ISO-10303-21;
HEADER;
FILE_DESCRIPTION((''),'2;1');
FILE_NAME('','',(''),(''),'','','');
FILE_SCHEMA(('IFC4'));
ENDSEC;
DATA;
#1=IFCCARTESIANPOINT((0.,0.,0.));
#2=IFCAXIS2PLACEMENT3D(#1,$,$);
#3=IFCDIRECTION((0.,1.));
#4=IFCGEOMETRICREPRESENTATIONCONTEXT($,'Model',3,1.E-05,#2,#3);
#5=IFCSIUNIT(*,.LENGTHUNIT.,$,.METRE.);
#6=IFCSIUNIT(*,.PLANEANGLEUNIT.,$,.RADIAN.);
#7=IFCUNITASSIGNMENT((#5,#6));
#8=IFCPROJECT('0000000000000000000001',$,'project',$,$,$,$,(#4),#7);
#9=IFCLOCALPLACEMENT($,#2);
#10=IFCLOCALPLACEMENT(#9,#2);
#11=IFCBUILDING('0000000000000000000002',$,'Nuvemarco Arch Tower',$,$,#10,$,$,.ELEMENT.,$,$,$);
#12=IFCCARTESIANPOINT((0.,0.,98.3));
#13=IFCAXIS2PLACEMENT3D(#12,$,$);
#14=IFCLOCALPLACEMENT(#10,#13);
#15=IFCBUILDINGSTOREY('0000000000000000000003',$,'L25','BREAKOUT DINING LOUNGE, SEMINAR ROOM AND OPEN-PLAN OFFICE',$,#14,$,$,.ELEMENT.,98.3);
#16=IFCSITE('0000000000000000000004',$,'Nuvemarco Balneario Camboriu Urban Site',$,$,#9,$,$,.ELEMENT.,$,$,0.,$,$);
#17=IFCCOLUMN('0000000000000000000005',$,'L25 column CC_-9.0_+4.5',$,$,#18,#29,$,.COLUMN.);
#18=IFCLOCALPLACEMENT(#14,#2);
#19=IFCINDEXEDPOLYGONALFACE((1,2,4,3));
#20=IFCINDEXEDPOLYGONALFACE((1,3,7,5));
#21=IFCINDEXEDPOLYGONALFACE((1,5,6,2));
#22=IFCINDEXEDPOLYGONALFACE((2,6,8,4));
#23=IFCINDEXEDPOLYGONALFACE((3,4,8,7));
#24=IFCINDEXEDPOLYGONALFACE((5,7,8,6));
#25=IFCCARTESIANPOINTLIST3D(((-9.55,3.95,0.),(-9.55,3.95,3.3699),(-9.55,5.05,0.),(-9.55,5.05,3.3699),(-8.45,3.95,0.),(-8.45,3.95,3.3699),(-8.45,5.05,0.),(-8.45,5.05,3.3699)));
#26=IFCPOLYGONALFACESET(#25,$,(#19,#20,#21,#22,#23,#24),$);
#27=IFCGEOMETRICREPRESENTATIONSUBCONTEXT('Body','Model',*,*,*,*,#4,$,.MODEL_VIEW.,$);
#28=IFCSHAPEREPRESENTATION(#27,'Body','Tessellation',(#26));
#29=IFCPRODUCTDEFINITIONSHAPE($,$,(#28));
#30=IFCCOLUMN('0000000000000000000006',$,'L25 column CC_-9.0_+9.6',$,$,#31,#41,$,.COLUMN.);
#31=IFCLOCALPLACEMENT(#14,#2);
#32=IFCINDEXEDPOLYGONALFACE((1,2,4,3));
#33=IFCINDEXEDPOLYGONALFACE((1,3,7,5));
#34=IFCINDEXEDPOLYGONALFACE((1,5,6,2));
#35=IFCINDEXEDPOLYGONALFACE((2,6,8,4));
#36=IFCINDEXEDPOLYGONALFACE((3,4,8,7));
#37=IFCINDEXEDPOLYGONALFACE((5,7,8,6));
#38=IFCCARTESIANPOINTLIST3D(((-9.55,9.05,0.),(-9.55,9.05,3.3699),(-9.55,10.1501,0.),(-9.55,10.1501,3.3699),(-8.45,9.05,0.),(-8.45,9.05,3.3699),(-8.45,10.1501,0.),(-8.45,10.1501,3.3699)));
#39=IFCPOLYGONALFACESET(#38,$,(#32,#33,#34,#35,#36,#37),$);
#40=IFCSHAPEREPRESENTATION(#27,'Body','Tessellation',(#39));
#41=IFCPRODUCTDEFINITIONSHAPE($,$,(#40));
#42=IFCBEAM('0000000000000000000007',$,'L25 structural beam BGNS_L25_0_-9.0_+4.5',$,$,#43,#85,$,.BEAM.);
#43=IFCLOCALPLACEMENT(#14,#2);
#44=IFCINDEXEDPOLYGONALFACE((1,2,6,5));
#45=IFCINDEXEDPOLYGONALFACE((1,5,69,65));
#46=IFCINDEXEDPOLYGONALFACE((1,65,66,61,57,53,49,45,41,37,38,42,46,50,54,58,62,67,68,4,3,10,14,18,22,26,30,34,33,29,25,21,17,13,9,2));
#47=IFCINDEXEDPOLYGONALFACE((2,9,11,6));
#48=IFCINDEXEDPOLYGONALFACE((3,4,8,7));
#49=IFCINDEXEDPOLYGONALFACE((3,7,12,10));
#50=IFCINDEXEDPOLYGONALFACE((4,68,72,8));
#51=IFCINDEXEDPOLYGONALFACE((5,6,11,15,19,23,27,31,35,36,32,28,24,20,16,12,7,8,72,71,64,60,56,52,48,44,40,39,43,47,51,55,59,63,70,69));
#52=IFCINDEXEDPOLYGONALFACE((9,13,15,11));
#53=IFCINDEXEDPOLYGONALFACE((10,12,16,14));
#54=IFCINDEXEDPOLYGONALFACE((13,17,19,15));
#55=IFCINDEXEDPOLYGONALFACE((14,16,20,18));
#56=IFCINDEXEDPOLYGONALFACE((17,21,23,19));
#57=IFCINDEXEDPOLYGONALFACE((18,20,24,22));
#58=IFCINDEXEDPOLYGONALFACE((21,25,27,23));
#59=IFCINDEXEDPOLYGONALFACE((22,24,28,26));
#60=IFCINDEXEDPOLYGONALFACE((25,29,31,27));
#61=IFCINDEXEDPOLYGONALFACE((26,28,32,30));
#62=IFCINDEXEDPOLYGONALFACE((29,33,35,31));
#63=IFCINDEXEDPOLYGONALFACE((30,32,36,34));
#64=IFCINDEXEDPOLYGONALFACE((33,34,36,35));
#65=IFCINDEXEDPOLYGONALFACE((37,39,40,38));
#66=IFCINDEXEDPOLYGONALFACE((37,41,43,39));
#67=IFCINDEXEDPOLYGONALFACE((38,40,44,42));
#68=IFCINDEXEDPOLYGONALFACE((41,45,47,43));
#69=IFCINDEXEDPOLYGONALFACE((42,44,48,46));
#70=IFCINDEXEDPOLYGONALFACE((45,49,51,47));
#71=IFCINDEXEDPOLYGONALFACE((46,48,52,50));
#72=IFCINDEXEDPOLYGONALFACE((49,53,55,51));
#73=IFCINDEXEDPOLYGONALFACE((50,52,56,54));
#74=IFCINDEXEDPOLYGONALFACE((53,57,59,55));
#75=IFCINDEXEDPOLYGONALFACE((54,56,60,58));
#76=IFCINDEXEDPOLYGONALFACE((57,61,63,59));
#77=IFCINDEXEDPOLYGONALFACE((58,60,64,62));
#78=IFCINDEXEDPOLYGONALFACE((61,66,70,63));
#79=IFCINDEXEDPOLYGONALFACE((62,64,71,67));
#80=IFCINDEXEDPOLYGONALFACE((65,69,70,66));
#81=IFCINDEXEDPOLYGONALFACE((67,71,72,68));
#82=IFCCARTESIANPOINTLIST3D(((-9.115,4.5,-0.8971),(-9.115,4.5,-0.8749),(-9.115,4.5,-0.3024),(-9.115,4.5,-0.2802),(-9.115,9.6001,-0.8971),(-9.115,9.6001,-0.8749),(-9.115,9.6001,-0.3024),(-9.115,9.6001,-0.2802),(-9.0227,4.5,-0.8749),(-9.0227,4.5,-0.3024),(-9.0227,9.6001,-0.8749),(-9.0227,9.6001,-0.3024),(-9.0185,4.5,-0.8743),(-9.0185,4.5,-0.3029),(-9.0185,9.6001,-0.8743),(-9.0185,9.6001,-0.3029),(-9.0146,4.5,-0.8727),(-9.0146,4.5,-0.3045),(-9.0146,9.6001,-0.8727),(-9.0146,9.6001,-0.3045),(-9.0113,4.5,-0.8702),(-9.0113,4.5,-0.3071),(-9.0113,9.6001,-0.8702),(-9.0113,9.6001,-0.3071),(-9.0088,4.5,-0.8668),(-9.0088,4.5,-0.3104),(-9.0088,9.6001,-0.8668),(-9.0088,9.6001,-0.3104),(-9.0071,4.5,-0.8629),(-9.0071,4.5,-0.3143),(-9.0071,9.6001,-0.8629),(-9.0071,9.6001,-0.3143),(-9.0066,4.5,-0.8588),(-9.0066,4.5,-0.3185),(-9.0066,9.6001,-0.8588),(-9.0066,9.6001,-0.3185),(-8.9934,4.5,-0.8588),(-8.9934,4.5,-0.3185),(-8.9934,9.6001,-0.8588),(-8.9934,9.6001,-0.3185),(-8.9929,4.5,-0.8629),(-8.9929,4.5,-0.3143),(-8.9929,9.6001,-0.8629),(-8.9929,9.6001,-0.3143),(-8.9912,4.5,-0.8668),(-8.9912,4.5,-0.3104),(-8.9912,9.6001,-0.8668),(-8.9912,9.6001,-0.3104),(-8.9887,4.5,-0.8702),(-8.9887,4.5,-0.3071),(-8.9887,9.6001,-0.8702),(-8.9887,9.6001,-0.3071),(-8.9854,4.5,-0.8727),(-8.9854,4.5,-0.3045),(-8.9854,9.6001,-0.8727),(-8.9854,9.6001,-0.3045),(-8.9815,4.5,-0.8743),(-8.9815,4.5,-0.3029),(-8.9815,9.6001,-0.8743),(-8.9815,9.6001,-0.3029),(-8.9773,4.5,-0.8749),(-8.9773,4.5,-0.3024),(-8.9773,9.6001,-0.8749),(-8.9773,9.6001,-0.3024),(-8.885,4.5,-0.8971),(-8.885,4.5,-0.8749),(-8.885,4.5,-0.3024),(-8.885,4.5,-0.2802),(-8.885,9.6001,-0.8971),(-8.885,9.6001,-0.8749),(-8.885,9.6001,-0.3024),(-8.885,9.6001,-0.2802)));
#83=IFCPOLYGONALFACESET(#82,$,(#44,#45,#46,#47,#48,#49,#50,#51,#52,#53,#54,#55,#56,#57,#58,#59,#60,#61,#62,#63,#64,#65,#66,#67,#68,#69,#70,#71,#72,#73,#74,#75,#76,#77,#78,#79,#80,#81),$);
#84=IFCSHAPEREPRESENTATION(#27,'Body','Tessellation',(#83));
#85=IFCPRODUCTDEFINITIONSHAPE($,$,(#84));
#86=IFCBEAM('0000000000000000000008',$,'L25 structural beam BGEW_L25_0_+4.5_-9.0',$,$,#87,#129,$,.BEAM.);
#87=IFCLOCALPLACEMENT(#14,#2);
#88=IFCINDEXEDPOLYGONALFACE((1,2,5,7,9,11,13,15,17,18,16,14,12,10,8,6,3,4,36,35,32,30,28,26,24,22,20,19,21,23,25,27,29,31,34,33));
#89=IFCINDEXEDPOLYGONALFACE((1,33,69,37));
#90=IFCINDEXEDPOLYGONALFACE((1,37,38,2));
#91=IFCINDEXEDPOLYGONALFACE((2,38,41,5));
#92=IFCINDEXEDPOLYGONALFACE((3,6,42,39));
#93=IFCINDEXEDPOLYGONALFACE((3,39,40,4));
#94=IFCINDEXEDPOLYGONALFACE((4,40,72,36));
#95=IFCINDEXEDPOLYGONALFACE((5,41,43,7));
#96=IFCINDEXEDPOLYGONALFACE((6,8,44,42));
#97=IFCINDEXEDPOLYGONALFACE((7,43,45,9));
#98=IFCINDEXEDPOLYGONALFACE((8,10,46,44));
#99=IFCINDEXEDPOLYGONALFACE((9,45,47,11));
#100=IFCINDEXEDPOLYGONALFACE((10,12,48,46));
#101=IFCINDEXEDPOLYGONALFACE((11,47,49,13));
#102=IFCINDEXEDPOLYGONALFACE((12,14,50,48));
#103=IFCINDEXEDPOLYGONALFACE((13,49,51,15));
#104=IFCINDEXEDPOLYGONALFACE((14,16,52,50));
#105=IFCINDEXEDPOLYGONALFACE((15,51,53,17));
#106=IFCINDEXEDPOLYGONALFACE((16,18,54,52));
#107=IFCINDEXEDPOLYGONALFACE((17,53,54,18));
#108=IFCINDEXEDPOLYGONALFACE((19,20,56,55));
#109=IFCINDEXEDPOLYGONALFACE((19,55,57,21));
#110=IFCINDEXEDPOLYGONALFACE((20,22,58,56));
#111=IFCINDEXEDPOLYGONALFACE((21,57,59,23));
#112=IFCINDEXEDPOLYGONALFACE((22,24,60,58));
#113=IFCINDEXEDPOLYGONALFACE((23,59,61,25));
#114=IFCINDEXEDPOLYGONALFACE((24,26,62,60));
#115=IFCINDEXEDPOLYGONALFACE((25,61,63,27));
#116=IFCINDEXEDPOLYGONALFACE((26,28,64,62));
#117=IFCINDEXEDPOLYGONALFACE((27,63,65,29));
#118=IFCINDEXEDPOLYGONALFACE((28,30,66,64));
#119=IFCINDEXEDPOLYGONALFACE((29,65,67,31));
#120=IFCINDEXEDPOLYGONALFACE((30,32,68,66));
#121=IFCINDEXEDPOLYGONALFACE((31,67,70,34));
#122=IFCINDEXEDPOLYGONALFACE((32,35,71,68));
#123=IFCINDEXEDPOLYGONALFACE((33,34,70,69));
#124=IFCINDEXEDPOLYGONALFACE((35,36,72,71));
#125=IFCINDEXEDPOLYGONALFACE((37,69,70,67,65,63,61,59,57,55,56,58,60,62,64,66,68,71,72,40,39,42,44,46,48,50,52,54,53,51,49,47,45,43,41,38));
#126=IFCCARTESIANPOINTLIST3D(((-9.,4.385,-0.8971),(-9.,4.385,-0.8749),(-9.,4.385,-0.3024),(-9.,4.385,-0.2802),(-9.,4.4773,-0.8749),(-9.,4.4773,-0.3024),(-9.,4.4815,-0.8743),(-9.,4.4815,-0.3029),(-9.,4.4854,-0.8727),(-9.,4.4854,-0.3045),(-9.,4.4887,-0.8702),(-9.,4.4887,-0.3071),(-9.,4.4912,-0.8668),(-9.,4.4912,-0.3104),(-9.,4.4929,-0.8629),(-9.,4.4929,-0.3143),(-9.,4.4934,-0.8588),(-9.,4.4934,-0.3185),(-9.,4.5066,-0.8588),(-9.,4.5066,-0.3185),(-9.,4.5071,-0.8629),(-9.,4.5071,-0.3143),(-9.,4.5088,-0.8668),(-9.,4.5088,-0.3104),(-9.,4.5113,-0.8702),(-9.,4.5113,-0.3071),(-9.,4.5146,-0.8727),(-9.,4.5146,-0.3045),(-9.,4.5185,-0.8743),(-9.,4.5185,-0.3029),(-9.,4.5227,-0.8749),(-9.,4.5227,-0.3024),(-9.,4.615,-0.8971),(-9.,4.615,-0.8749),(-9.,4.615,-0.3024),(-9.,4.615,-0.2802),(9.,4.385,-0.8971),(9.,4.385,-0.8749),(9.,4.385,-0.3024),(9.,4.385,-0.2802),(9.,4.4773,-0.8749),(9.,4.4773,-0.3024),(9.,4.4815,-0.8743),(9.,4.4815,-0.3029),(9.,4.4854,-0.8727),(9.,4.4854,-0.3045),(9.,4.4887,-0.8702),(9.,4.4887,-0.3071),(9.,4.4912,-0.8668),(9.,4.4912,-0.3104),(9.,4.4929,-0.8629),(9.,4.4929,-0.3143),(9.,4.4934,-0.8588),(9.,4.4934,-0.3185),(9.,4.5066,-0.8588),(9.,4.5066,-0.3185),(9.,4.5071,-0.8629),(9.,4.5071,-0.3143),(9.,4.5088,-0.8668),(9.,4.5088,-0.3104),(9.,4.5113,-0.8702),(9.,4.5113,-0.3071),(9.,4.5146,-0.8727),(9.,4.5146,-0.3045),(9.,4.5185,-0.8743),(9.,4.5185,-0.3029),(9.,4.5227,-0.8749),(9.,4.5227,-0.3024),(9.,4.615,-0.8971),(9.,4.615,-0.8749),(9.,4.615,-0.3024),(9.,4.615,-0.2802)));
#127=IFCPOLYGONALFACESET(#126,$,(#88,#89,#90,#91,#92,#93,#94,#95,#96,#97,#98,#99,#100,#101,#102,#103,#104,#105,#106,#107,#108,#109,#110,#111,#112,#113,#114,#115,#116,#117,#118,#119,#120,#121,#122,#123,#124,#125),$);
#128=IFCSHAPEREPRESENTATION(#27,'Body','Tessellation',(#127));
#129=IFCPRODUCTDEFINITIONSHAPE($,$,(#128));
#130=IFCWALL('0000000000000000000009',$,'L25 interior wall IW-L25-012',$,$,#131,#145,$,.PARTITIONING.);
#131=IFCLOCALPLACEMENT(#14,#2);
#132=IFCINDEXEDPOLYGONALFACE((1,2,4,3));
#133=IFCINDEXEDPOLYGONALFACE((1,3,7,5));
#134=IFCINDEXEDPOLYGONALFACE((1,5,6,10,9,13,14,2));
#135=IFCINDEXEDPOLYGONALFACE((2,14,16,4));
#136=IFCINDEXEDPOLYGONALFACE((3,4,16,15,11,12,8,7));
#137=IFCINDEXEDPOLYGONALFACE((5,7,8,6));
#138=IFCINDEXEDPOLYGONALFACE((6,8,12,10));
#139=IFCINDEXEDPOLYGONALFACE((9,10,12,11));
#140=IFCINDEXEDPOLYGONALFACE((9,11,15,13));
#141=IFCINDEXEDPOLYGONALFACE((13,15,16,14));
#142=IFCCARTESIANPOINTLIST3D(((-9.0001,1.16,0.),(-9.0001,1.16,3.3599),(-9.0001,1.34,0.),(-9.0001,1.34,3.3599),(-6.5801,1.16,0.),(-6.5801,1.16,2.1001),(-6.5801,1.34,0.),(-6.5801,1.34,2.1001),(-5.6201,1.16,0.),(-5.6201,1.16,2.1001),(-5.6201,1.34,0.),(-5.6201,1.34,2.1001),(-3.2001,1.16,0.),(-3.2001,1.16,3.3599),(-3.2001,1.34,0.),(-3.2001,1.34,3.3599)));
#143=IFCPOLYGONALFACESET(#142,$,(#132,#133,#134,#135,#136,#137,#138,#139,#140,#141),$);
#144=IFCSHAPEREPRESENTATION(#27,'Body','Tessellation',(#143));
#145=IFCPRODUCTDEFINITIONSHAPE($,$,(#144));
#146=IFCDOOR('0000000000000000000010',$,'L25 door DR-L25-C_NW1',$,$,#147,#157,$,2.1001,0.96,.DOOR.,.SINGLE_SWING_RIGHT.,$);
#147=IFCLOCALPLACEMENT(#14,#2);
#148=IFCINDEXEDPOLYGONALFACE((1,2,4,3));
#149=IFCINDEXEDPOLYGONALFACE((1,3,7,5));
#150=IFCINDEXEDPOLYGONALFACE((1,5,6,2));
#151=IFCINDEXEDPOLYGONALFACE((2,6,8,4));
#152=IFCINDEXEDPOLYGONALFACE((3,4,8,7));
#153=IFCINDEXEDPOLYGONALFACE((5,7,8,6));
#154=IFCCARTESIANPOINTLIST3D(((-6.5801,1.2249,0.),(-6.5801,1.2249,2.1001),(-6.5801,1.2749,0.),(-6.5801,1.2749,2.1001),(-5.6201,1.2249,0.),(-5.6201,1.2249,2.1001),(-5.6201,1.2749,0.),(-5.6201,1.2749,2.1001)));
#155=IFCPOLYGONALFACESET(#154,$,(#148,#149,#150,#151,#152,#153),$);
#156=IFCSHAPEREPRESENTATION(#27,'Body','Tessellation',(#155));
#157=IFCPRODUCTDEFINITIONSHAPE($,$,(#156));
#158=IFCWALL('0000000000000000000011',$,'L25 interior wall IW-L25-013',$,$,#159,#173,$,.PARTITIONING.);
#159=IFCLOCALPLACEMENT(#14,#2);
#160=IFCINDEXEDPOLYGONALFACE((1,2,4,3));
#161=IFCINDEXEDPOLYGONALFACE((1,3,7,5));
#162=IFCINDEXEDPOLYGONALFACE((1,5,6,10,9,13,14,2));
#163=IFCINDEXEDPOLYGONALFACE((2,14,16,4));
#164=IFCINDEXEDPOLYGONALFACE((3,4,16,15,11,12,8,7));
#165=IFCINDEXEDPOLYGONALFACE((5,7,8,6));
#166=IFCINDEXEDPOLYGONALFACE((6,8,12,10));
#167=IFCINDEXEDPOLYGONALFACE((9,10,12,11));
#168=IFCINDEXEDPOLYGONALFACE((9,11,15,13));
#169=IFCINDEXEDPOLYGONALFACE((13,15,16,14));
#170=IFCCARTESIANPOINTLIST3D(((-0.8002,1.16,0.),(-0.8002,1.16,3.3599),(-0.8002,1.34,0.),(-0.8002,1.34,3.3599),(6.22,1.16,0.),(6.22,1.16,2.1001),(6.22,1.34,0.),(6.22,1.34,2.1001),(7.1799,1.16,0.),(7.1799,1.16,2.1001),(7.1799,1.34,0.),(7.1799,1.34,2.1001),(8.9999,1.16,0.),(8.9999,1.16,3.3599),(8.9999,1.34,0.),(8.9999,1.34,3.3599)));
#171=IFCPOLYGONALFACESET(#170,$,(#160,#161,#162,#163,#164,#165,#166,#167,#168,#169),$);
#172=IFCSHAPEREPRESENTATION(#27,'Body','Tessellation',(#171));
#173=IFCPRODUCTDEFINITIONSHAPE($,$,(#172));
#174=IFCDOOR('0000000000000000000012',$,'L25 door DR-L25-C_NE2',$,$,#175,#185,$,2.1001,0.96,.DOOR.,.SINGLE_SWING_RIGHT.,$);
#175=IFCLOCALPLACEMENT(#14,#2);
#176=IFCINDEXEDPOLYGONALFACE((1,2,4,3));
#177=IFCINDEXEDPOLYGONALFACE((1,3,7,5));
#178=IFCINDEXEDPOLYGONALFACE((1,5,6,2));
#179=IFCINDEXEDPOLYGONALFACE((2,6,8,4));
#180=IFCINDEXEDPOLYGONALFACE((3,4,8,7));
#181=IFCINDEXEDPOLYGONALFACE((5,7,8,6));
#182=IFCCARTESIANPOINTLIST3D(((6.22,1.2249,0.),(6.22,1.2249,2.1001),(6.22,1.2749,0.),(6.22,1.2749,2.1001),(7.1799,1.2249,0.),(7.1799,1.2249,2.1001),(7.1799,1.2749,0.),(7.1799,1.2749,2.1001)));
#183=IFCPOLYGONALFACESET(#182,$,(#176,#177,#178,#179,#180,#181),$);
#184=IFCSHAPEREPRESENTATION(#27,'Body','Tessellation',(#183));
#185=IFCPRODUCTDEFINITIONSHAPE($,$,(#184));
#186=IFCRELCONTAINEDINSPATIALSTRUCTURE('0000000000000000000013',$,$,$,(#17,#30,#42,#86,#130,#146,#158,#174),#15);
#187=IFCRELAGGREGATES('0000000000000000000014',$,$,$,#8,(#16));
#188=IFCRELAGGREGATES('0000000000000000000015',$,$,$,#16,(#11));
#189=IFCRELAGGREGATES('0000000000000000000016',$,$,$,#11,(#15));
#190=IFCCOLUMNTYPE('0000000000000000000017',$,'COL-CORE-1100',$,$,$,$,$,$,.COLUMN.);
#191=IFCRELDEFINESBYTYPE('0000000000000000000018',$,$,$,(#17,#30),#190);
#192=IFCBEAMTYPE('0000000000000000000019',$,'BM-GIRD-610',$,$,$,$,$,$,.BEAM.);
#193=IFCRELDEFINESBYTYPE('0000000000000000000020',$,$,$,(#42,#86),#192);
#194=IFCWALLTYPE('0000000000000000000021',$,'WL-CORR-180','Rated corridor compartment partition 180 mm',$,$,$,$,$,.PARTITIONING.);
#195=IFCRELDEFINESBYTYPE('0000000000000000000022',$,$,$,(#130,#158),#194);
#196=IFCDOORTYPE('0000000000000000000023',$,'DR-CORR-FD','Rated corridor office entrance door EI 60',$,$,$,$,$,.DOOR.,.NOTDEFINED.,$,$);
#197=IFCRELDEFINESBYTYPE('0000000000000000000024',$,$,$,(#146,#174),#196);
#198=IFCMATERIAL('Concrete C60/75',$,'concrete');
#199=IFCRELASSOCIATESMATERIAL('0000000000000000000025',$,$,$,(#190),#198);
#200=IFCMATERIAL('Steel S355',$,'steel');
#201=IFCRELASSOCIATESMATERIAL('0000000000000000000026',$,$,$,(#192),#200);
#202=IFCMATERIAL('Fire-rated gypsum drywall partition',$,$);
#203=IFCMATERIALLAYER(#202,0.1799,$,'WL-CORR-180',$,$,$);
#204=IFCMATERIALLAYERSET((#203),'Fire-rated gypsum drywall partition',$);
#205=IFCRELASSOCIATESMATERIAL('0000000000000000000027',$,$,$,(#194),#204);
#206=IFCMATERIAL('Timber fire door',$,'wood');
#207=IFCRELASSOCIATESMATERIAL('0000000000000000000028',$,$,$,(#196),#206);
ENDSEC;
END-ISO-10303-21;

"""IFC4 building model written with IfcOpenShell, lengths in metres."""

from ifc_helpers import new_model, si_unit, direction, frame, frame_2d, origin, origin_2d, place, context, subcontext, project, spatial, rectangle, i_section, extrude, source, transform, mapped, material, layer, layer_set, material_profile, profile_set, type_object, type_shapes, element, fill, save


model = new_model("IFC4")

# Units and contexts
model_context = context("Model", 3, precision=1e-05, world=origin(), true_north=direction((0.0, 1.0)))
body_context = subcontext(model_context, "Body", "Model", "MODEL_VIEW")
ifc_project = project(units=[si_unit("LENGTHUNIT", "METRE"), si_unit("PLANEANGLEUNIT", "RADIAN")], contexts=[model_context])

# Site, building, storey
site_placement = place(None, origin())
site = spatial("IfcSite", under=ifc_project, at=site_placement, Name="Nuvemarco Balneario Camboriu Urban Site", CompositionType="ELEMENT", RefElevation=0.0)
building_placement = place(site_placement, origin())
building = spatial("IfcBuilding", under=site, at=building_placement, Name="Nuvemarco Arch Tower", CompositionType="ELEMENT")
storey_placement = place(building_placement, frame((0.0, 0.0, 98.3)))
storey = spatial("IfcBuildingStorey", under=building, at=storey_placement, Name="L25", Description="BREAKOUT DINING LOUNGE, SEMINAR ROOM AND OPEN-PLAN OFFICE", CompositionType="ELEMENT", Elevation=98.3)

# Columns
ifc_material_1 = material(Name="Concrete C60/75", Category="concrete")
ifc_material_profile_1 = material_profile(ifc_material_1, rectangle(XDim=1.1001, YDim=1.1001, at=origin_2d()), Name="RC-COL-1100x1100")
ifc_profile_set_1 = profile_set([ifc_material_profile_1], Name="Concrete C60/75")
column_type = type_object("IfcColumnType", Name="COL-CORE-1100", PredefinedType="COLUMN", material=ifc_profile_set_1)
for number, where, z_axis, x_axis, name in (
    (1, (-9.0, 4.5, 0.0), (0.0, 0.0, 1.0), (1.0, 0.0, 0.0), "L25 column CC_-9.0_+4.5"),
    (2, (-9.0, 9.6001, 0.0), (0.0, 0.0, 1.0), (1.0, 0.0, 0.0), "L25 column CC_-9.0_+9.6"),
):
    element("IfcColumn", number, at=place(storey_placement, frame(where, z_axis=z_axis, x_axis=x_axis)), inside=storey, type_object=column_type, Name=name, PredefinedType="COLUMN", context=body_context, shape_type="SweptSolid", body=[
        extrude(rectangle(XDim=1.1001, YDim=1.1001, at=origin_2d()), origin(), (0.0, 0.0, 1.0), 3.3699),
    ])

# Beams
ifc_material_2 = material(Name="Steel S355", Category="steel")
ifc_material_profile_2 = material_profile(ifc_material_2, i_section(OverallWidth=0.23, OverallDepth=0.6169, WebThickness=0.0132, FlangeThickness=0.0222, FilletRadius=0.0161, at=origin_2d()), Name="W610x140")
ifc_profile_set_2 = profile_set([ifc_material_profile_2], Name="Steel S355")
beam_type = type_object("IfcBeamType", Name="BM-GIRD-610", PredefinedType="BEAM", material=ifc_profile_set_2)
beam_1_placement = place(storey_placement, frame((-9.0, 4.5, -0.5886), z_axis=(0.0, 1.0, 0.0), x_axis=(-1.0, 0.0, 0.0)))
element("IfcBeam", 3, at=beam_1_placement, inside=storey, type_object=beam_type, Name="L25 structural beam BGNS_L25_0_-9.0_+4.5", PredefinedType="BEAM", context=body_context, shape_type="SweptSolid", body=[
    extrude(i_section(OverallWidth=0.23, OverallDepth=0.6169, WebThickness=0.0132, FlangeThickness=0.0222, FilletRadius=0.0161, at=origin_2d()), origin(), (0.0, 0.0, 1.0), 5.1001),
])
beam_2_placement = place(storey_placement, frame((-9.0, 4.5, -0.5886), z_axis=(1.0, 0.0, 0.0), x_axis=(0.0, 1.0, 0.0)))
element("IfcBeam", 4, at=beam_2_placement, inside=storey, type_object=beam_type, Name="L25 structural beam BGEW_L25_0_+4.5_-9.0", PredefinedType="BEAM", context=body_context, shape_type="SweptSolid", body=[
    extrude(i_section(OverallWidth=0.23, OverallDepth=0.6169, WebThickness=0.0132, FlangeThickness=0.0222, FilletRadius=0.0161, at=origin_2d()), origin(), (0.0, 0.0, 1.0), 18.0),
])

# Walls, openings, doors
ifc_material_3 = material(Name="Fire-rated gypsum drywall partition")
ifc_layer_1 = layer(ifc_material_3, 0.1799, Name="WL-CORR-180")
ifc_layer_set_1 = layer_set([ifc_layer_1], Name="Fire-rated gypsum drywall partition")
wall_type_1 = type_object("IfcWallType", Name="WL-CORR-180", Description="Rated corridor compartment partition 180 mm", PredefinedType="PARTITIONING", material=ifc_layer_set_1)
wall_1_placement = place(storey_placement, frame((-9.0, 1.25, 0.0), z_axis=(0.0, 0.0, 1.0), x_axis=(1.0, 0.0, 0.0)))
wall_1 = element("IfcWall", 5, at=wall_1_placement, inside=storey, type_object=wall_type_1, Name="L25 interior wall IW-L25-012", PredefinedType="PARTITIONING", context=body_context, shape_type="SweptSolid", body=[
    extrude(rectangle(XDim=5.8, YDim=0.1799, at=frame_2d((2.8999, 0.0))), origin(), (0.0, 0.0, 1.0), 3.3599),
])
opening_1_placement = place(wall_1_placement, frame((2.4199, 0.0, 0.0)))
opening_1 = element("IfcOpeningElement", 6, at=opening_1_placement, cuts=wall_1, PredefinedType="OPENING", context=body_context, shape_type="SweptSolid", body=[
    extrude(rectangle(XDim=0.96, YDim=2.1001, at=frame_2d((0.48, 1.05))), frame((0.0, 0.0999, 0.0), z_axis=(0.0, -1.0, 0.0), x_axis=(1.0, 0.0, 0.0)), (0.0, 0.0, 1.0), 0.2),
])
ifc_material_4 = material(Name="Timber fire door", Category="wood")
door_type_1 = type_object("IfcDoorType", Name="DR-CORR-FD", Description="Rated corridor office entrance door EI 60", OperationType="NOTDEFINED", PredefinedType="DOOR", material=ifc_material_4)
shared_shape_1 = source(origin(), body_context, "Body", "SweptSolid", [
    extrude(rectangle(XDim=0.96, YDim=2.1001, at=frame_2d((0.48, 1.05))), frame((0.0, 0.0249, 0.0), z_axis=(0.0, -1.0, 0.0), x_axis=(1.0, 0.0, 0.0)), (0.0, 0.0, 1.0), 0.05),
])
type_shapes(door_type_1, [shared_shape_1])
door_1_placement = place(opening_1_placement, origin())
door_1 = element("IfcDoor", 7, at=door_1_placement, inside=storey, type_object=door_type_1, Name="L25 door DR-L25-C_NW1", OperationType="SINGLE_SWING_RIGHT", OverallHeight=2.1001, OverallWidth=0.96, PredefinedType="DOOR", context=body_context, shape_type="MappedRepresentation", body=[
    mapped(shared_shape_1, transform((0.0, 0.0, 0.0), scale=1.0)),
])
fill(opening_1, door_1)
wall_2_placement = place(storey_placement, frame((-0.8, 1.25, 0.0), z_axis=(0.0, 0.0, 1.0), x_axis=(1.0, 0.0, 0.0)))
wall_2 = element("IfcWall", 8, at=wall_2_placement, inside=storey, type_object=wall_type_1, Name="L25 interior wall IW-L25-013", PredefinedType="PARTITIONING", context=body_context, shape_type="SweptSolid", body=[
    extrude(rectangle(XDim=9.8, YDim=0.1799, at=frame_2d((4.8999, 0.0))), origin(), (0.0, 0.0, 1.0), 3.3599),
])
opening_2_placement = place(wall_2_placement, frame((7.02, 0.0, 0.0)))
opening_2 = element("IfcOpeningElement", 9, at=opening_2_placement, cuts=wall_2, PredefinedType="OPENING", context=body_context, shape_type="SweptSolid", body=[
    extrude(rectangle(XDim=0.96, YDim=2.1001, at=frame_2d((0.48, 1.05))), frame((0.0, 0.0999, 0.0), z_axis=(0.0, -1.0, 0.0), x_axis=(1.0, 0.0, 0.0)), (0.0, 0.0, 1.0), 0.2),
])
door_2_placement = place(opening_2_placement, origin())
door_2 = element("IfcDoor", 10, at=door_2_placement, inside=storey, type_object=door_type_1, Name="L25 door DR-L25-C_NE2", OperationType="SINGLE_SWING_RIGHT", OverallHeight=2.1001, OverallWidth=0.96, PredefinedType="DOOR", context=body_context, shape_type="MappedRepresentation", body=[
    mapped(shared_shape_1, transform((0.0, 0.0, 0.0), scale=1.0)),
])
fill(opening_2, door_2)

save(model, "model.ifc")
